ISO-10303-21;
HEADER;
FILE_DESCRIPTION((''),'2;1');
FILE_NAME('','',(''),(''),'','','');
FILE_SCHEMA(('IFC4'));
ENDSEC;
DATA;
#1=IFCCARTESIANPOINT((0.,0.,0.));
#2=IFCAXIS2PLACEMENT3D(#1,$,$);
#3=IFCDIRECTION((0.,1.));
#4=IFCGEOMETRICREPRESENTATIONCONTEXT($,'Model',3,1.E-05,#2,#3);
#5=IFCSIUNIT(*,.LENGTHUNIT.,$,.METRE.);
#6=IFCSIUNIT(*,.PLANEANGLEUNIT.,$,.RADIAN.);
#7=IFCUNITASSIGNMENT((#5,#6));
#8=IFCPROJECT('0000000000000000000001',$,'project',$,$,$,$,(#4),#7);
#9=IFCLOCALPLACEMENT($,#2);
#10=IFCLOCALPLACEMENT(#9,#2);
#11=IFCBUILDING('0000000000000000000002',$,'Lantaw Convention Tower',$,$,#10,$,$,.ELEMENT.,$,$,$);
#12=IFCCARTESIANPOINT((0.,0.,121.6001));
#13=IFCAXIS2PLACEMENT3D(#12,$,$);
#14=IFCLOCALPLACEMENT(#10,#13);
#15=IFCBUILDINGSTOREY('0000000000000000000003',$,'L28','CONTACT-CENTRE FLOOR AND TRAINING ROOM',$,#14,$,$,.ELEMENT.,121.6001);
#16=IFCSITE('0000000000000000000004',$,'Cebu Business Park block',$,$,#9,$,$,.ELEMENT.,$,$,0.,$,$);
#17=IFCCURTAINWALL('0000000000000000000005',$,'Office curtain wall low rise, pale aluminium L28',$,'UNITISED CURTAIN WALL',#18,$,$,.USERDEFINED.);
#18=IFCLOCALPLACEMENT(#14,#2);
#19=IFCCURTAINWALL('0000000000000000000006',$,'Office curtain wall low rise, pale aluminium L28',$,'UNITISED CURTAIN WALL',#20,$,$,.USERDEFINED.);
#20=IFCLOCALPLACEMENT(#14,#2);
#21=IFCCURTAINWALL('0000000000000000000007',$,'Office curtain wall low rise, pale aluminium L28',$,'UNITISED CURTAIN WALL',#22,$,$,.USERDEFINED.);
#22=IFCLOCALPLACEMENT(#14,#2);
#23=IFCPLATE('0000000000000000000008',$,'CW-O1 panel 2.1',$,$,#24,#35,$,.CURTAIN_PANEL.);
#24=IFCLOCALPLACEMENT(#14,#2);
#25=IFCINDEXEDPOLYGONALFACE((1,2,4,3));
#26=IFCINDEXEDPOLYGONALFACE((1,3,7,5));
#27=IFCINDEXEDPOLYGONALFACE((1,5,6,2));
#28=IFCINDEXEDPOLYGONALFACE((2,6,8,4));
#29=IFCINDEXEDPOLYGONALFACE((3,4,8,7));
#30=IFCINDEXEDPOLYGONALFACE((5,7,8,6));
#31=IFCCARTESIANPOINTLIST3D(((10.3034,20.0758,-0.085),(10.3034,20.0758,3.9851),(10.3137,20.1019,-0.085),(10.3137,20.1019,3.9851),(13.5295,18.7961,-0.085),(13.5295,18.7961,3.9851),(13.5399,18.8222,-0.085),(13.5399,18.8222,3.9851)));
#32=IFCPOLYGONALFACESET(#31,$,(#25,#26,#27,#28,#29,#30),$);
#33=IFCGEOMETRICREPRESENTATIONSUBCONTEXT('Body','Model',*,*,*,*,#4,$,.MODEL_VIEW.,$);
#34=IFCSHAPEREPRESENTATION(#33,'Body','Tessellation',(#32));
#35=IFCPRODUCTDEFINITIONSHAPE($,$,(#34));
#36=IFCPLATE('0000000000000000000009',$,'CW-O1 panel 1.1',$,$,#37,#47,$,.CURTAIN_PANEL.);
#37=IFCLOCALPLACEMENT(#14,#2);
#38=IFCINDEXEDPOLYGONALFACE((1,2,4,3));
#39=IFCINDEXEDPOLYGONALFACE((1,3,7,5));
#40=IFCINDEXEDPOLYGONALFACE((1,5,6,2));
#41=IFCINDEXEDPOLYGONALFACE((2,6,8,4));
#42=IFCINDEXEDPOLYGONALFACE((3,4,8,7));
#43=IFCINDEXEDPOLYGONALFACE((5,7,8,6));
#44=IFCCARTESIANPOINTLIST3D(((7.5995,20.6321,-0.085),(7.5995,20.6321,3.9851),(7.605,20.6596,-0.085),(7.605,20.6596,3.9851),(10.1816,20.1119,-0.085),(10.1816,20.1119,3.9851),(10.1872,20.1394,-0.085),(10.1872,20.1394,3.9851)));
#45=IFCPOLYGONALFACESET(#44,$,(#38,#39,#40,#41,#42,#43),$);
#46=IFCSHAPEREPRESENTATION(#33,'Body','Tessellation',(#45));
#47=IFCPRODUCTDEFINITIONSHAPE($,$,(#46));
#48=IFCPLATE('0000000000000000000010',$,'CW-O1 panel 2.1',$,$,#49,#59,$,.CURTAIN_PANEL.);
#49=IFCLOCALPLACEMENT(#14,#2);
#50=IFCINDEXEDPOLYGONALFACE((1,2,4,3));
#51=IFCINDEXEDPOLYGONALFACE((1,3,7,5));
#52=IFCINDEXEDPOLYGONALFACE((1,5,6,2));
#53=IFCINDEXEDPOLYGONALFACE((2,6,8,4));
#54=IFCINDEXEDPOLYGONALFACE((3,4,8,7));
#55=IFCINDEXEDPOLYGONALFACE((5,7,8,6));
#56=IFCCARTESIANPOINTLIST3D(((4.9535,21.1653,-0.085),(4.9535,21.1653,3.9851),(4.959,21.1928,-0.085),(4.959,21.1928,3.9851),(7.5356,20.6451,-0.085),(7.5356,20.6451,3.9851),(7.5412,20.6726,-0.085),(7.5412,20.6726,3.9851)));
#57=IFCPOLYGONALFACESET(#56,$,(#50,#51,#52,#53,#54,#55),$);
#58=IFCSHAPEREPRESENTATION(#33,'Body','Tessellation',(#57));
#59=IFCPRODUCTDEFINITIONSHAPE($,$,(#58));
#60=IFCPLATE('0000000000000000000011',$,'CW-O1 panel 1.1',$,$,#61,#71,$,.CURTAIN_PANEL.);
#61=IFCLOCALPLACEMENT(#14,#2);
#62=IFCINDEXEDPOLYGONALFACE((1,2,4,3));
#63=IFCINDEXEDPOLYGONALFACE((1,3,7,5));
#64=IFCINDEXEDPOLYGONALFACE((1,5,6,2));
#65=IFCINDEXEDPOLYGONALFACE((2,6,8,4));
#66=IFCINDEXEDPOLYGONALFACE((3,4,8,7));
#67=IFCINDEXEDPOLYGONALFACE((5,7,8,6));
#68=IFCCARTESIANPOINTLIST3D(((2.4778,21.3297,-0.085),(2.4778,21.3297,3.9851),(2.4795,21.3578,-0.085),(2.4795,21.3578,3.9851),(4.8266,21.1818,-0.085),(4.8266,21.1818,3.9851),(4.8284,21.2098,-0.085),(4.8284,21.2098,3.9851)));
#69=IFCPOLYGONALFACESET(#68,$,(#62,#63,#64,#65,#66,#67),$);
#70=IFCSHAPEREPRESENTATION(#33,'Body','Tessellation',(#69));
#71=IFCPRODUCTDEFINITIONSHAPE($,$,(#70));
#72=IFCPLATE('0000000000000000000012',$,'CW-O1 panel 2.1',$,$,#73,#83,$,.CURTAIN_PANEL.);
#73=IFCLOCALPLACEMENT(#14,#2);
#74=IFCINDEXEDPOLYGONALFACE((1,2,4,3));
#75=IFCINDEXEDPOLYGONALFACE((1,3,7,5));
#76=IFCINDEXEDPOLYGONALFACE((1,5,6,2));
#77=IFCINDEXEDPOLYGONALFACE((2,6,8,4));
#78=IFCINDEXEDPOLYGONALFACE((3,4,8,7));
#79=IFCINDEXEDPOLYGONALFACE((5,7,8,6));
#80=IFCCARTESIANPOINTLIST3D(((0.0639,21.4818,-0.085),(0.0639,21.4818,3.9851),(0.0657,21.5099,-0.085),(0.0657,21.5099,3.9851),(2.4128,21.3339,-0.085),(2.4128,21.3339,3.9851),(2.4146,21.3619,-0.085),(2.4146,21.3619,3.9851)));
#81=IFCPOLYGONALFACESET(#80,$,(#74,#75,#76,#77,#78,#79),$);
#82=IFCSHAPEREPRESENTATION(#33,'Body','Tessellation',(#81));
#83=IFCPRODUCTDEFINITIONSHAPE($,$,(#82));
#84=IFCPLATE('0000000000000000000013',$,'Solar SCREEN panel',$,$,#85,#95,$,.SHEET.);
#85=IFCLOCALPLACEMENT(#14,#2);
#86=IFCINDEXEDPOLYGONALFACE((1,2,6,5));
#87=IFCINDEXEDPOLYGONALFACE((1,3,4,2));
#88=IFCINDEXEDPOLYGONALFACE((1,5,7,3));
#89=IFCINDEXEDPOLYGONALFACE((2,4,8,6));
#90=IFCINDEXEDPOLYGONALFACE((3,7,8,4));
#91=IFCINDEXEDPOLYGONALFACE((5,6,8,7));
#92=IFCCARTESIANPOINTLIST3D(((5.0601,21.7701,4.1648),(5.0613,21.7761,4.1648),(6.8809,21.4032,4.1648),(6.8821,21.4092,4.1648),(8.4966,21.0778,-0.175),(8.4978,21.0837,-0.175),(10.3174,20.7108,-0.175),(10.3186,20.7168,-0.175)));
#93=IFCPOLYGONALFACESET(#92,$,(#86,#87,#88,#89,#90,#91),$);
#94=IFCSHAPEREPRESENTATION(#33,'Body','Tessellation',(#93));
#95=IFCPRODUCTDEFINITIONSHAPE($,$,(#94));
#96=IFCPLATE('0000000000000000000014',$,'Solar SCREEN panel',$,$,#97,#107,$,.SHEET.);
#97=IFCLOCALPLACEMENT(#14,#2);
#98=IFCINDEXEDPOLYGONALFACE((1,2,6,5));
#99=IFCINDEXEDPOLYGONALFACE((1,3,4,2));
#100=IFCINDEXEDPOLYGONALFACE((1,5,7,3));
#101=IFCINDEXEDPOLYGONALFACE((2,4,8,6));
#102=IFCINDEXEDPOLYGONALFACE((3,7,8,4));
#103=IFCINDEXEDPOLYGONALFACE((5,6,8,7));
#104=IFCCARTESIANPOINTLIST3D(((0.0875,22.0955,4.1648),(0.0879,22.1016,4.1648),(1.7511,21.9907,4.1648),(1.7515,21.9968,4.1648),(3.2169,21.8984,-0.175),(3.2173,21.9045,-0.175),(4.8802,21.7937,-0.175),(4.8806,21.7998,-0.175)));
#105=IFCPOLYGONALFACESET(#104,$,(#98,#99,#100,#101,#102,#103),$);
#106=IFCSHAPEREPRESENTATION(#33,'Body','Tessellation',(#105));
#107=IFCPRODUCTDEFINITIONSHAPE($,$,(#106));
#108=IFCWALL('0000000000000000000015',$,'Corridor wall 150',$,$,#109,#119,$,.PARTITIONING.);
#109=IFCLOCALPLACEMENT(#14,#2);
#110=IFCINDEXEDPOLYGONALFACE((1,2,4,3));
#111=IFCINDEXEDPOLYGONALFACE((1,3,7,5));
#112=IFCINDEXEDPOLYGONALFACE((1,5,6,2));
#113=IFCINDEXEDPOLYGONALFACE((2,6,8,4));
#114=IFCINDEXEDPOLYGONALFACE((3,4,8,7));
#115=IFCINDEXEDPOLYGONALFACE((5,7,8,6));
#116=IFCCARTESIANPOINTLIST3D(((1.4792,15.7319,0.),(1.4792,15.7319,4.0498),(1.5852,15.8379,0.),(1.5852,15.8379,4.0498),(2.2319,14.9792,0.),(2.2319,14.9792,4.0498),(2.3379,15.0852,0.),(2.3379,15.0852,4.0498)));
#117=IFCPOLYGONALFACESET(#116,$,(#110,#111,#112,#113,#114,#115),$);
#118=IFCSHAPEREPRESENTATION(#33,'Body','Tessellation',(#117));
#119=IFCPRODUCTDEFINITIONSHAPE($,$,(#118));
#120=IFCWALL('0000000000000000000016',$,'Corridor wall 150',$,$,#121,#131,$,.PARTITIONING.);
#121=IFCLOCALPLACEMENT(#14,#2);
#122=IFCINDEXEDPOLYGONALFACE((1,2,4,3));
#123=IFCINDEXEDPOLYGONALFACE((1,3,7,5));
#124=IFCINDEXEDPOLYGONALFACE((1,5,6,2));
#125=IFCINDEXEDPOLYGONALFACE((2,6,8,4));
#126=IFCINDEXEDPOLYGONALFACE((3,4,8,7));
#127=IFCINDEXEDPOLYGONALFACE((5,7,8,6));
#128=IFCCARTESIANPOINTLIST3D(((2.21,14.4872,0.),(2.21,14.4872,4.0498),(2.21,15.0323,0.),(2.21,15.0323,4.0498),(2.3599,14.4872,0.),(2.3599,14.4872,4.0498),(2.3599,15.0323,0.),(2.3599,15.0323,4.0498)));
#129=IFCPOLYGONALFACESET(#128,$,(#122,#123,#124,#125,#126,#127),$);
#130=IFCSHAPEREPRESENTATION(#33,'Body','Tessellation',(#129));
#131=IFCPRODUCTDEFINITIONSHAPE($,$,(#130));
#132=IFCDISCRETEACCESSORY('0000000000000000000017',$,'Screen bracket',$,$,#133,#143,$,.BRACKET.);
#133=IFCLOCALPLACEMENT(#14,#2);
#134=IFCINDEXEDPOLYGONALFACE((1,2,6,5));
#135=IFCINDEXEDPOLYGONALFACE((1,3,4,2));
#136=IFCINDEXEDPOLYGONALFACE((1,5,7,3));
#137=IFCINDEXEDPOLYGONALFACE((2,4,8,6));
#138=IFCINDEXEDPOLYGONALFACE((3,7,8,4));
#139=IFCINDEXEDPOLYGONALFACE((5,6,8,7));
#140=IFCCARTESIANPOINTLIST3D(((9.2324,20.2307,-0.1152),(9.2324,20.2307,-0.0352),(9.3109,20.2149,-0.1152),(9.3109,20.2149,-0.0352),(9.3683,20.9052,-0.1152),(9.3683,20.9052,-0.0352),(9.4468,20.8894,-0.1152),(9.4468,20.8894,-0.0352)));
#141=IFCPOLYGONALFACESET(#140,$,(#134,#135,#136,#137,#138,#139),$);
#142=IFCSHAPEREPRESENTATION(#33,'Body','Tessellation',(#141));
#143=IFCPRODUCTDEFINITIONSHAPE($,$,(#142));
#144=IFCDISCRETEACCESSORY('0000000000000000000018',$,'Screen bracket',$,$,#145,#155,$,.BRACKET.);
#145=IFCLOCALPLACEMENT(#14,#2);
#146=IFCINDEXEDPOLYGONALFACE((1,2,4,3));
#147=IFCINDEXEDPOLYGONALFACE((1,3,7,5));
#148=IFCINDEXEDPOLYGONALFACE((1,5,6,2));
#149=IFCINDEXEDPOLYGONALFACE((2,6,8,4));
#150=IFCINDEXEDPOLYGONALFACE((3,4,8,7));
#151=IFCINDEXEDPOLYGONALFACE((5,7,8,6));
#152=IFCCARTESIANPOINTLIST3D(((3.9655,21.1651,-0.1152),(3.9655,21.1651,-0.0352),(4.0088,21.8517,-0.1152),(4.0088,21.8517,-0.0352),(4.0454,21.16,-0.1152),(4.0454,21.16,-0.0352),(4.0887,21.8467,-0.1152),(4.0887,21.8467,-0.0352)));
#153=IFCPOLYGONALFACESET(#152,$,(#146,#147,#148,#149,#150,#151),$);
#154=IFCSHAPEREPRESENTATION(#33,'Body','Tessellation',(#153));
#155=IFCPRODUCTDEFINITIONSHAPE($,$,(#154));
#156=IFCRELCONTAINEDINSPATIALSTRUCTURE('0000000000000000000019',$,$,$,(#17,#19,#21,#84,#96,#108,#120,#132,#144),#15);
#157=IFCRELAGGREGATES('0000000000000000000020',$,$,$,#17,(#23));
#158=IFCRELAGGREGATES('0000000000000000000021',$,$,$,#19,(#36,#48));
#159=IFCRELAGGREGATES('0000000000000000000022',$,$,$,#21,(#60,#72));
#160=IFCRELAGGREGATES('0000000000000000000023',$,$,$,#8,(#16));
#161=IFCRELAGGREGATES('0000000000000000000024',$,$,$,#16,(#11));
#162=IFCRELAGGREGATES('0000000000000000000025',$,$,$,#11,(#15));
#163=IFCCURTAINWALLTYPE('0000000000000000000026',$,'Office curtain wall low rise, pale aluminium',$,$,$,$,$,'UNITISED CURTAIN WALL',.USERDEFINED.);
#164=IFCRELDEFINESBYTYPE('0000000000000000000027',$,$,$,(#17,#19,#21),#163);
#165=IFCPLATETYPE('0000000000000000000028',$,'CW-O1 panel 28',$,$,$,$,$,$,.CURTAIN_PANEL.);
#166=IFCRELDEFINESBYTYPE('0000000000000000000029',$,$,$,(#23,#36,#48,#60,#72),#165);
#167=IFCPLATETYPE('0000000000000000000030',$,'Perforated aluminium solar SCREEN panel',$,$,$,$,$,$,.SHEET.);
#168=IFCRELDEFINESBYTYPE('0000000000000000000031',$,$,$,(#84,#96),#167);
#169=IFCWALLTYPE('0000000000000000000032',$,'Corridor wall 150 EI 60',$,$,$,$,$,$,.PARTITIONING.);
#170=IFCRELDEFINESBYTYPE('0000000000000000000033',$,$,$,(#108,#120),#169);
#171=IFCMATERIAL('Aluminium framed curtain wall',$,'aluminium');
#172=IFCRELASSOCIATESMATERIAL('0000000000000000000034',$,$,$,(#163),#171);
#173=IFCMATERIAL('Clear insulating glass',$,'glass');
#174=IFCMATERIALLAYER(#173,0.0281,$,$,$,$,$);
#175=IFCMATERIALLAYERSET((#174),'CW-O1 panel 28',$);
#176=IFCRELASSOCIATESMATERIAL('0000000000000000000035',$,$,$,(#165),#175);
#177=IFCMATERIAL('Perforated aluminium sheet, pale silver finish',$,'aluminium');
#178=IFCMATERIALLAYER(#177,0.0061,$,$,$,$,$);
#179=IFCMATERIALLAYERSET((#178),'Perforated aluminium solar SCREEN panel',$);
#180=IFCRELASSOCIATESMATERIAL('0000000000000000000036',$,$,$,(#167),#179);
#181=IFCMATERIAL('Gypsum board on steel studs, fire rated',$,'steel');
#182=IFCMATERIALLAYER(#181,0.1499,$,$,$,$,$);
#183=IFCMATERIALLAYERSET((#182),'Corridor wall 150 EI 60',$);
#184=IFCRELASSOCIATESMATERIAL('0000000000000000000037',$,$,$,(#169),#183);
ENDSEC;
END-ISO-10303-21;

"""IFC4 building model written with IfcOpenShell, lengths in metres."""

from ifc_helpers import new_model, si_unit, direction, frame, frame_2d, origin, origin_2d, place, context, subcontext, project, spatial, polyline, rectangle, outline, extrude, material, layer, layer_set, type_object, element, aggregate, save


model = new_model("IFC4")

# Units and contexts
model_context = context("Model", 3, precision=1e-05, world=origin(), true_north=direction((0.0, 1.0)))
body_context = subcontext(model_context, "Body", "Model", "MODEL_VIEW")
ifc_project = project(units=[si_unit("LENGTHUNIT", "METRE"), si_unit("PLANEANGLEUNIT", "RADIAN")], contexts=[model_context])

# Site, building, storey
site_placement = place(None, origin())
site = spatial("IfcSite", under=ifc_project, at=site_placement, Name="Cebu Business Park block", CompositionType="ELEMENT", RefElevation=0.0)
building_placement = place(site_placement, origin())
building = spatial("IfcBuilding", under=site, at=building_placement, Name="Lantaw Convention Tower", CompositionType="ELEMENT")
storey_placement = place(building_placement, frame((0.0, 0.0, 121.6001)))
storey = spatial("IfcBuildingStorey", under=building, at=storey_placement, Name="L28", Description="CONTACT-CENTRE FLOOR AND TRAINING ROOM", CompositionType="ELEMENT", Elevation=121.6001)

# Curtain walls
ifc_material_1 = material(Name="Aluminium framed curtain wall", Category="aluminium")
curtain_wall_type = type_object("IfcCurtainWallType", Name="Office curtain wall low rise, pale aluminium", ElementType="UNITISED CURTAIN WALL", PredefinedType="USERDEFINED", material=ifc_material_1)
curtain_wall_1_placement = place(storey_placement, origin())
curtain_wall_1 = element("IfcCurtainWall", 1, at=curtain_wall_1_placement, inside=storey, type_object=curtain_wall_type, Name="Office curtain wall low rise, pale aluminium L28", ObjectType="UNITISED CURTAIN WALL", PredefinedType="USERDEFINED")
curtain_wall_2_placement = place(storey_placement, origin())
curtain_wall_2 = element("IfcCurtainWall", 2, at=curtain_wall_2_placement, inside=storey, type_object=curtain_wall_type, Name="Office curtain wall low rise, pale aluminium L28", ObjectType="UNITISED CURTAIN WALL", PredefinedType="USERDEFINED")
curtain_wall_3_placement = place(storey_placement, origin())
curtain_wall_3 = element("IfcCurtainWall", 3, at=curtain_wall_3_placement, inside=storey, type_object=curtain_wall_type, Name="Office curtain wall low rise, pale aluminium L28", ObjectType="UNITISED CURTAIN WALL", PredefinedType="USERDEFINED")

# Plates
ifc_material_2 = material(Name="Clear insulating glass", Category="glass")
ifc_layer_1 = layer(ifc_material_2, 0.0281)
ifc_layer_set_1 = layer_set([ifc_layer_1], Name="CW-O1 panel 28")
plate_type_1 = type_object("IfcPlateType", Name="CW-O1 panel 28", PredefinedType="CURTAIN_PANEL", material=ifc_layer_set_1)
plate_1_placement = place(storey_placement, frame((11.9216, 19.449, -0.085), z_axis=(0.0, 0.0, 1.0), x_axis=(-0.929548, 0.368702, 0.0)))
plate_1 = element("IfcPlate", 4, at=plate_1_placement, type_object=plate_type_1, Name="CW-O1 panel 2.1", PredefinedType="CURTAIN_PANEL", context=body_context, shape_type="SweptSolid", body=[
    extrude(rectangle(XDim=3.4707, YDim=0.0281, at=origin_2d()), origin(), (0.0, 0.0, 1.0), 4.0701),
])
aggregate(curtain_wall_1, [plate_1])
plate_2_placement = place(storey_placement, frame((8.8933, 20.3857, -0.085), z_axis=(0.0, 0.0, 1.0), x_axis=(-0.980302, 0.197507, 0.0)))
plate_2 = element("IfcPlate", 5, at=plate_2_placement, type_object=plate_type_1, Name="CW-O1 panel 1.1", PredefinedType="CURTAIN_PANEL", context=body_context, shape_type="SweptSolid", body=[
    extrude(rectangle(XDim=2.634, YDim=0.0281, at=origin_2d()), origin(), (0.0, 0.0, 1.0), 4.0701),
])
plate_3_placement = place(storey_placement, frame((6.2473, 20.9189, -0.085), z_axis=(0.0, 0.0, 1.0), x_axis=(-0.980302, 0.197507, 0.0)))
plate_3 = element("IfcPlate", 6, at=plate_3_placement, type_object=plate_type_1, Name="CW-O1 panel 2.1", PredefinedType="CURTAIN_PANEL", context=body_context, shape_type="SweptSolid", body=[
    extrude(rectangle(XDim=2.634, YDim=0.0281, at=origin_2d()), origin(), (0.0, 0.0, 1.0), 4.0701),
])
aggregate(curtain_wall_2, [plate_2, plate_3])
plate_4_placement = place(storey_placement, frame((3.6531, 21.2698, -0.085), z_axis=(0.0, 0.0, 1.0), x_axis=(-0.998022, 0.062865, 0.0)))
plate_4 = element("IfcPlate", 7, at=plate_4_placement, type_object=plate_type_1, Name="CW-O1 panel 1.1", PredefinedType="CURTAIN_PANEL", context=body_context, shape_type="SweptSolid", body=[
    extrude(rectangle(XDim=2.3535, YDim=0.0281, at=origin_2d()), origin(), (0.0, 0.0, 1.0), 4.0701),
])
plate_5_placement = place(storey_placement, frame((1.2393, 21.4219, -0.085), z_axis=(0.0, 0.0, 1.0), x_axis=(-0.998022, 0.062865, 0.0)))
plate_5 = element("IfcPlate", 8, at=plate_5_placement, type_object=plate_type_1, Name="CW-O1 panel 2.1", PredefinedType="CURTAIN_PANEL", context=body_context, shape_type="SweptSolid", body=[
    extrude(rectangle(XDim=2.3535, YDim=0.0281, at=origin_2d()), origin(), (0.0, 0.0, 1.0), 4.0701),
])
aggregate(curtain_wall_3, [plate_4, plate_5])

# Plates
ifc_material_3 = material(Name="Perforated aluminium sheet, pale silver finish", Category="aluminium")
ifc_layer_2 = layer(ifc_material_3, 0.0061)
ifc_layer_set_2 = layer_set([ifc_layer_2], Name="Perforated aluminium solar SCREEN panel")
plate_type_2 = type_object("IfcPlateType", Name="Perforated aluminium solar SCREEN panel", PredefinedType="SHEET", material=ifc_layer_set_2)
plate_6_placement = place(storey_placement, frame((10.3186, 20.7168, -0.175), z_axis=(0.197557, 0.980291, 0.000039), x_axis=(-0.980291, 0.197557, 0.0)))
element("IfcPlate", 9, at=plate_6_placement, inside=storey, type_object=plate_type_2, Name="Solar SCREEN panel", PredefinedType="SHEET", context=body_context, shape_type="SweptSolid", body=[
    extrude(outline(polyline([(0.0, 0.0), (1.8574, 0.0), (5.363, 4.3398), (3.5056, 4.3398), (0.0, 0.0)])), origin(), (0.0, 0.0, -1.0), 0.0061),
])
plate_7_placement = place(storey_placement, frame((4.8806, 21.7998, -0.175), z_axis=(0.062839, 0.998024, 0.000002), x_axis=(-0.998024, 0.062839, 0.0)))
element("IfcPlate", 10, at=plate_7_placement, inside=storey, type_object=plate_type_2, Name="Solar SCREEN panel", PredefinedType="SHEET", context=body_context, shape_type="SweptSolid", body=[
    extrude(outline(polyline([(0.0, 0.0), (1.6666, 0.0), (4.8022, 4.3398), (3.1353, 4.3398), (0.0, 0.0)])), origin(), (0.0, 0.0, -1.0), 0.0061),
])

# Walls
ifc_material_4 = material(Name="Gypsum board on steel studs, fire rated", Category="steel")
ifc_layer_3 = layer(ifc_material_4, 0.1499)
ifc_layer_set_3 = layer_set([ifc_layer_3], Name="Corridor wall 150 EI 60")
wall_type = type_object("IfcWallType", Name="Corridor wall 150 EI 60", PredefinedType="PARTITIONING", material=ifc_layer_set_3)
wall_1_placement = place(storey_placement, frame((1.5322, 15.7849, 0.0), z_axis=(0.0, 0.0, 1.0), x_axis=(0.707107, -0.707107, 0.0)))
element("IfcWall", 11, at=wall_1_placement, inside=storey, type_object=wall_type, Name="Corridor wall 150", PredefinedType="PARTITIONING", context=body_context, shape_type="SweptSolid", body=[
    extrude(rectangle(XDim=1.0645, YDim=0.1499, at=frame_2d((0.5322, 0.0))), origin(), (0.0, 0.0, 1.0), 4.0498),
])
wall_2_placement = place(storey_placement, frame((2.2849, 15.0322, 0.0), z_axis=(0.0, 0.0, 1.0), x_axis=(0.0, -1.0, 0.0)))
element("IfcWall", 12, at=wall_2_placement, inside=storey, type_object=wall_type, Name="Corridor wall 150", PredefinedType="PARTITIONING", context=body_context, shape_type="SweptSolid", body=[
    extrude(rectangle(XDim=0.5452, YDim=0.1499, at=frame_2d((0.2725, 0.0))), origin(), (0.0, 0.0, 1.0), 4.0498),
])

# Discrete accessories
for number, where, z_axis, x_axis, name in (
    (13, (9.3396, 20.5601, -0.1152), (0.0, 0.0, 1.0), (-0.980302, 0.197507, 0.0), "Screen bracket"),
    (14, (4.0271, 21.5059, -0.1152), (0.0, 0.0, 1.0), (-0.998022, 0.062865, 0.0), "Screen bracket"),
):
    element("IfcDiscreteAccessory", number, at=place(storey_placement, frame(where, z_axis=z_axis, x_axis=x_axis)), inside=storey, Name=name, PredefinedType="BRACKET", context=body_context, shape_type="SweptSolid", body=[
        extrude(rectangle(XDim=0.0801, YDim=0.688, at=origin_2d()), origin(), (0.0, 0.0, 1.0), 0.0801),
    ])

save(model, "model.ifc")
